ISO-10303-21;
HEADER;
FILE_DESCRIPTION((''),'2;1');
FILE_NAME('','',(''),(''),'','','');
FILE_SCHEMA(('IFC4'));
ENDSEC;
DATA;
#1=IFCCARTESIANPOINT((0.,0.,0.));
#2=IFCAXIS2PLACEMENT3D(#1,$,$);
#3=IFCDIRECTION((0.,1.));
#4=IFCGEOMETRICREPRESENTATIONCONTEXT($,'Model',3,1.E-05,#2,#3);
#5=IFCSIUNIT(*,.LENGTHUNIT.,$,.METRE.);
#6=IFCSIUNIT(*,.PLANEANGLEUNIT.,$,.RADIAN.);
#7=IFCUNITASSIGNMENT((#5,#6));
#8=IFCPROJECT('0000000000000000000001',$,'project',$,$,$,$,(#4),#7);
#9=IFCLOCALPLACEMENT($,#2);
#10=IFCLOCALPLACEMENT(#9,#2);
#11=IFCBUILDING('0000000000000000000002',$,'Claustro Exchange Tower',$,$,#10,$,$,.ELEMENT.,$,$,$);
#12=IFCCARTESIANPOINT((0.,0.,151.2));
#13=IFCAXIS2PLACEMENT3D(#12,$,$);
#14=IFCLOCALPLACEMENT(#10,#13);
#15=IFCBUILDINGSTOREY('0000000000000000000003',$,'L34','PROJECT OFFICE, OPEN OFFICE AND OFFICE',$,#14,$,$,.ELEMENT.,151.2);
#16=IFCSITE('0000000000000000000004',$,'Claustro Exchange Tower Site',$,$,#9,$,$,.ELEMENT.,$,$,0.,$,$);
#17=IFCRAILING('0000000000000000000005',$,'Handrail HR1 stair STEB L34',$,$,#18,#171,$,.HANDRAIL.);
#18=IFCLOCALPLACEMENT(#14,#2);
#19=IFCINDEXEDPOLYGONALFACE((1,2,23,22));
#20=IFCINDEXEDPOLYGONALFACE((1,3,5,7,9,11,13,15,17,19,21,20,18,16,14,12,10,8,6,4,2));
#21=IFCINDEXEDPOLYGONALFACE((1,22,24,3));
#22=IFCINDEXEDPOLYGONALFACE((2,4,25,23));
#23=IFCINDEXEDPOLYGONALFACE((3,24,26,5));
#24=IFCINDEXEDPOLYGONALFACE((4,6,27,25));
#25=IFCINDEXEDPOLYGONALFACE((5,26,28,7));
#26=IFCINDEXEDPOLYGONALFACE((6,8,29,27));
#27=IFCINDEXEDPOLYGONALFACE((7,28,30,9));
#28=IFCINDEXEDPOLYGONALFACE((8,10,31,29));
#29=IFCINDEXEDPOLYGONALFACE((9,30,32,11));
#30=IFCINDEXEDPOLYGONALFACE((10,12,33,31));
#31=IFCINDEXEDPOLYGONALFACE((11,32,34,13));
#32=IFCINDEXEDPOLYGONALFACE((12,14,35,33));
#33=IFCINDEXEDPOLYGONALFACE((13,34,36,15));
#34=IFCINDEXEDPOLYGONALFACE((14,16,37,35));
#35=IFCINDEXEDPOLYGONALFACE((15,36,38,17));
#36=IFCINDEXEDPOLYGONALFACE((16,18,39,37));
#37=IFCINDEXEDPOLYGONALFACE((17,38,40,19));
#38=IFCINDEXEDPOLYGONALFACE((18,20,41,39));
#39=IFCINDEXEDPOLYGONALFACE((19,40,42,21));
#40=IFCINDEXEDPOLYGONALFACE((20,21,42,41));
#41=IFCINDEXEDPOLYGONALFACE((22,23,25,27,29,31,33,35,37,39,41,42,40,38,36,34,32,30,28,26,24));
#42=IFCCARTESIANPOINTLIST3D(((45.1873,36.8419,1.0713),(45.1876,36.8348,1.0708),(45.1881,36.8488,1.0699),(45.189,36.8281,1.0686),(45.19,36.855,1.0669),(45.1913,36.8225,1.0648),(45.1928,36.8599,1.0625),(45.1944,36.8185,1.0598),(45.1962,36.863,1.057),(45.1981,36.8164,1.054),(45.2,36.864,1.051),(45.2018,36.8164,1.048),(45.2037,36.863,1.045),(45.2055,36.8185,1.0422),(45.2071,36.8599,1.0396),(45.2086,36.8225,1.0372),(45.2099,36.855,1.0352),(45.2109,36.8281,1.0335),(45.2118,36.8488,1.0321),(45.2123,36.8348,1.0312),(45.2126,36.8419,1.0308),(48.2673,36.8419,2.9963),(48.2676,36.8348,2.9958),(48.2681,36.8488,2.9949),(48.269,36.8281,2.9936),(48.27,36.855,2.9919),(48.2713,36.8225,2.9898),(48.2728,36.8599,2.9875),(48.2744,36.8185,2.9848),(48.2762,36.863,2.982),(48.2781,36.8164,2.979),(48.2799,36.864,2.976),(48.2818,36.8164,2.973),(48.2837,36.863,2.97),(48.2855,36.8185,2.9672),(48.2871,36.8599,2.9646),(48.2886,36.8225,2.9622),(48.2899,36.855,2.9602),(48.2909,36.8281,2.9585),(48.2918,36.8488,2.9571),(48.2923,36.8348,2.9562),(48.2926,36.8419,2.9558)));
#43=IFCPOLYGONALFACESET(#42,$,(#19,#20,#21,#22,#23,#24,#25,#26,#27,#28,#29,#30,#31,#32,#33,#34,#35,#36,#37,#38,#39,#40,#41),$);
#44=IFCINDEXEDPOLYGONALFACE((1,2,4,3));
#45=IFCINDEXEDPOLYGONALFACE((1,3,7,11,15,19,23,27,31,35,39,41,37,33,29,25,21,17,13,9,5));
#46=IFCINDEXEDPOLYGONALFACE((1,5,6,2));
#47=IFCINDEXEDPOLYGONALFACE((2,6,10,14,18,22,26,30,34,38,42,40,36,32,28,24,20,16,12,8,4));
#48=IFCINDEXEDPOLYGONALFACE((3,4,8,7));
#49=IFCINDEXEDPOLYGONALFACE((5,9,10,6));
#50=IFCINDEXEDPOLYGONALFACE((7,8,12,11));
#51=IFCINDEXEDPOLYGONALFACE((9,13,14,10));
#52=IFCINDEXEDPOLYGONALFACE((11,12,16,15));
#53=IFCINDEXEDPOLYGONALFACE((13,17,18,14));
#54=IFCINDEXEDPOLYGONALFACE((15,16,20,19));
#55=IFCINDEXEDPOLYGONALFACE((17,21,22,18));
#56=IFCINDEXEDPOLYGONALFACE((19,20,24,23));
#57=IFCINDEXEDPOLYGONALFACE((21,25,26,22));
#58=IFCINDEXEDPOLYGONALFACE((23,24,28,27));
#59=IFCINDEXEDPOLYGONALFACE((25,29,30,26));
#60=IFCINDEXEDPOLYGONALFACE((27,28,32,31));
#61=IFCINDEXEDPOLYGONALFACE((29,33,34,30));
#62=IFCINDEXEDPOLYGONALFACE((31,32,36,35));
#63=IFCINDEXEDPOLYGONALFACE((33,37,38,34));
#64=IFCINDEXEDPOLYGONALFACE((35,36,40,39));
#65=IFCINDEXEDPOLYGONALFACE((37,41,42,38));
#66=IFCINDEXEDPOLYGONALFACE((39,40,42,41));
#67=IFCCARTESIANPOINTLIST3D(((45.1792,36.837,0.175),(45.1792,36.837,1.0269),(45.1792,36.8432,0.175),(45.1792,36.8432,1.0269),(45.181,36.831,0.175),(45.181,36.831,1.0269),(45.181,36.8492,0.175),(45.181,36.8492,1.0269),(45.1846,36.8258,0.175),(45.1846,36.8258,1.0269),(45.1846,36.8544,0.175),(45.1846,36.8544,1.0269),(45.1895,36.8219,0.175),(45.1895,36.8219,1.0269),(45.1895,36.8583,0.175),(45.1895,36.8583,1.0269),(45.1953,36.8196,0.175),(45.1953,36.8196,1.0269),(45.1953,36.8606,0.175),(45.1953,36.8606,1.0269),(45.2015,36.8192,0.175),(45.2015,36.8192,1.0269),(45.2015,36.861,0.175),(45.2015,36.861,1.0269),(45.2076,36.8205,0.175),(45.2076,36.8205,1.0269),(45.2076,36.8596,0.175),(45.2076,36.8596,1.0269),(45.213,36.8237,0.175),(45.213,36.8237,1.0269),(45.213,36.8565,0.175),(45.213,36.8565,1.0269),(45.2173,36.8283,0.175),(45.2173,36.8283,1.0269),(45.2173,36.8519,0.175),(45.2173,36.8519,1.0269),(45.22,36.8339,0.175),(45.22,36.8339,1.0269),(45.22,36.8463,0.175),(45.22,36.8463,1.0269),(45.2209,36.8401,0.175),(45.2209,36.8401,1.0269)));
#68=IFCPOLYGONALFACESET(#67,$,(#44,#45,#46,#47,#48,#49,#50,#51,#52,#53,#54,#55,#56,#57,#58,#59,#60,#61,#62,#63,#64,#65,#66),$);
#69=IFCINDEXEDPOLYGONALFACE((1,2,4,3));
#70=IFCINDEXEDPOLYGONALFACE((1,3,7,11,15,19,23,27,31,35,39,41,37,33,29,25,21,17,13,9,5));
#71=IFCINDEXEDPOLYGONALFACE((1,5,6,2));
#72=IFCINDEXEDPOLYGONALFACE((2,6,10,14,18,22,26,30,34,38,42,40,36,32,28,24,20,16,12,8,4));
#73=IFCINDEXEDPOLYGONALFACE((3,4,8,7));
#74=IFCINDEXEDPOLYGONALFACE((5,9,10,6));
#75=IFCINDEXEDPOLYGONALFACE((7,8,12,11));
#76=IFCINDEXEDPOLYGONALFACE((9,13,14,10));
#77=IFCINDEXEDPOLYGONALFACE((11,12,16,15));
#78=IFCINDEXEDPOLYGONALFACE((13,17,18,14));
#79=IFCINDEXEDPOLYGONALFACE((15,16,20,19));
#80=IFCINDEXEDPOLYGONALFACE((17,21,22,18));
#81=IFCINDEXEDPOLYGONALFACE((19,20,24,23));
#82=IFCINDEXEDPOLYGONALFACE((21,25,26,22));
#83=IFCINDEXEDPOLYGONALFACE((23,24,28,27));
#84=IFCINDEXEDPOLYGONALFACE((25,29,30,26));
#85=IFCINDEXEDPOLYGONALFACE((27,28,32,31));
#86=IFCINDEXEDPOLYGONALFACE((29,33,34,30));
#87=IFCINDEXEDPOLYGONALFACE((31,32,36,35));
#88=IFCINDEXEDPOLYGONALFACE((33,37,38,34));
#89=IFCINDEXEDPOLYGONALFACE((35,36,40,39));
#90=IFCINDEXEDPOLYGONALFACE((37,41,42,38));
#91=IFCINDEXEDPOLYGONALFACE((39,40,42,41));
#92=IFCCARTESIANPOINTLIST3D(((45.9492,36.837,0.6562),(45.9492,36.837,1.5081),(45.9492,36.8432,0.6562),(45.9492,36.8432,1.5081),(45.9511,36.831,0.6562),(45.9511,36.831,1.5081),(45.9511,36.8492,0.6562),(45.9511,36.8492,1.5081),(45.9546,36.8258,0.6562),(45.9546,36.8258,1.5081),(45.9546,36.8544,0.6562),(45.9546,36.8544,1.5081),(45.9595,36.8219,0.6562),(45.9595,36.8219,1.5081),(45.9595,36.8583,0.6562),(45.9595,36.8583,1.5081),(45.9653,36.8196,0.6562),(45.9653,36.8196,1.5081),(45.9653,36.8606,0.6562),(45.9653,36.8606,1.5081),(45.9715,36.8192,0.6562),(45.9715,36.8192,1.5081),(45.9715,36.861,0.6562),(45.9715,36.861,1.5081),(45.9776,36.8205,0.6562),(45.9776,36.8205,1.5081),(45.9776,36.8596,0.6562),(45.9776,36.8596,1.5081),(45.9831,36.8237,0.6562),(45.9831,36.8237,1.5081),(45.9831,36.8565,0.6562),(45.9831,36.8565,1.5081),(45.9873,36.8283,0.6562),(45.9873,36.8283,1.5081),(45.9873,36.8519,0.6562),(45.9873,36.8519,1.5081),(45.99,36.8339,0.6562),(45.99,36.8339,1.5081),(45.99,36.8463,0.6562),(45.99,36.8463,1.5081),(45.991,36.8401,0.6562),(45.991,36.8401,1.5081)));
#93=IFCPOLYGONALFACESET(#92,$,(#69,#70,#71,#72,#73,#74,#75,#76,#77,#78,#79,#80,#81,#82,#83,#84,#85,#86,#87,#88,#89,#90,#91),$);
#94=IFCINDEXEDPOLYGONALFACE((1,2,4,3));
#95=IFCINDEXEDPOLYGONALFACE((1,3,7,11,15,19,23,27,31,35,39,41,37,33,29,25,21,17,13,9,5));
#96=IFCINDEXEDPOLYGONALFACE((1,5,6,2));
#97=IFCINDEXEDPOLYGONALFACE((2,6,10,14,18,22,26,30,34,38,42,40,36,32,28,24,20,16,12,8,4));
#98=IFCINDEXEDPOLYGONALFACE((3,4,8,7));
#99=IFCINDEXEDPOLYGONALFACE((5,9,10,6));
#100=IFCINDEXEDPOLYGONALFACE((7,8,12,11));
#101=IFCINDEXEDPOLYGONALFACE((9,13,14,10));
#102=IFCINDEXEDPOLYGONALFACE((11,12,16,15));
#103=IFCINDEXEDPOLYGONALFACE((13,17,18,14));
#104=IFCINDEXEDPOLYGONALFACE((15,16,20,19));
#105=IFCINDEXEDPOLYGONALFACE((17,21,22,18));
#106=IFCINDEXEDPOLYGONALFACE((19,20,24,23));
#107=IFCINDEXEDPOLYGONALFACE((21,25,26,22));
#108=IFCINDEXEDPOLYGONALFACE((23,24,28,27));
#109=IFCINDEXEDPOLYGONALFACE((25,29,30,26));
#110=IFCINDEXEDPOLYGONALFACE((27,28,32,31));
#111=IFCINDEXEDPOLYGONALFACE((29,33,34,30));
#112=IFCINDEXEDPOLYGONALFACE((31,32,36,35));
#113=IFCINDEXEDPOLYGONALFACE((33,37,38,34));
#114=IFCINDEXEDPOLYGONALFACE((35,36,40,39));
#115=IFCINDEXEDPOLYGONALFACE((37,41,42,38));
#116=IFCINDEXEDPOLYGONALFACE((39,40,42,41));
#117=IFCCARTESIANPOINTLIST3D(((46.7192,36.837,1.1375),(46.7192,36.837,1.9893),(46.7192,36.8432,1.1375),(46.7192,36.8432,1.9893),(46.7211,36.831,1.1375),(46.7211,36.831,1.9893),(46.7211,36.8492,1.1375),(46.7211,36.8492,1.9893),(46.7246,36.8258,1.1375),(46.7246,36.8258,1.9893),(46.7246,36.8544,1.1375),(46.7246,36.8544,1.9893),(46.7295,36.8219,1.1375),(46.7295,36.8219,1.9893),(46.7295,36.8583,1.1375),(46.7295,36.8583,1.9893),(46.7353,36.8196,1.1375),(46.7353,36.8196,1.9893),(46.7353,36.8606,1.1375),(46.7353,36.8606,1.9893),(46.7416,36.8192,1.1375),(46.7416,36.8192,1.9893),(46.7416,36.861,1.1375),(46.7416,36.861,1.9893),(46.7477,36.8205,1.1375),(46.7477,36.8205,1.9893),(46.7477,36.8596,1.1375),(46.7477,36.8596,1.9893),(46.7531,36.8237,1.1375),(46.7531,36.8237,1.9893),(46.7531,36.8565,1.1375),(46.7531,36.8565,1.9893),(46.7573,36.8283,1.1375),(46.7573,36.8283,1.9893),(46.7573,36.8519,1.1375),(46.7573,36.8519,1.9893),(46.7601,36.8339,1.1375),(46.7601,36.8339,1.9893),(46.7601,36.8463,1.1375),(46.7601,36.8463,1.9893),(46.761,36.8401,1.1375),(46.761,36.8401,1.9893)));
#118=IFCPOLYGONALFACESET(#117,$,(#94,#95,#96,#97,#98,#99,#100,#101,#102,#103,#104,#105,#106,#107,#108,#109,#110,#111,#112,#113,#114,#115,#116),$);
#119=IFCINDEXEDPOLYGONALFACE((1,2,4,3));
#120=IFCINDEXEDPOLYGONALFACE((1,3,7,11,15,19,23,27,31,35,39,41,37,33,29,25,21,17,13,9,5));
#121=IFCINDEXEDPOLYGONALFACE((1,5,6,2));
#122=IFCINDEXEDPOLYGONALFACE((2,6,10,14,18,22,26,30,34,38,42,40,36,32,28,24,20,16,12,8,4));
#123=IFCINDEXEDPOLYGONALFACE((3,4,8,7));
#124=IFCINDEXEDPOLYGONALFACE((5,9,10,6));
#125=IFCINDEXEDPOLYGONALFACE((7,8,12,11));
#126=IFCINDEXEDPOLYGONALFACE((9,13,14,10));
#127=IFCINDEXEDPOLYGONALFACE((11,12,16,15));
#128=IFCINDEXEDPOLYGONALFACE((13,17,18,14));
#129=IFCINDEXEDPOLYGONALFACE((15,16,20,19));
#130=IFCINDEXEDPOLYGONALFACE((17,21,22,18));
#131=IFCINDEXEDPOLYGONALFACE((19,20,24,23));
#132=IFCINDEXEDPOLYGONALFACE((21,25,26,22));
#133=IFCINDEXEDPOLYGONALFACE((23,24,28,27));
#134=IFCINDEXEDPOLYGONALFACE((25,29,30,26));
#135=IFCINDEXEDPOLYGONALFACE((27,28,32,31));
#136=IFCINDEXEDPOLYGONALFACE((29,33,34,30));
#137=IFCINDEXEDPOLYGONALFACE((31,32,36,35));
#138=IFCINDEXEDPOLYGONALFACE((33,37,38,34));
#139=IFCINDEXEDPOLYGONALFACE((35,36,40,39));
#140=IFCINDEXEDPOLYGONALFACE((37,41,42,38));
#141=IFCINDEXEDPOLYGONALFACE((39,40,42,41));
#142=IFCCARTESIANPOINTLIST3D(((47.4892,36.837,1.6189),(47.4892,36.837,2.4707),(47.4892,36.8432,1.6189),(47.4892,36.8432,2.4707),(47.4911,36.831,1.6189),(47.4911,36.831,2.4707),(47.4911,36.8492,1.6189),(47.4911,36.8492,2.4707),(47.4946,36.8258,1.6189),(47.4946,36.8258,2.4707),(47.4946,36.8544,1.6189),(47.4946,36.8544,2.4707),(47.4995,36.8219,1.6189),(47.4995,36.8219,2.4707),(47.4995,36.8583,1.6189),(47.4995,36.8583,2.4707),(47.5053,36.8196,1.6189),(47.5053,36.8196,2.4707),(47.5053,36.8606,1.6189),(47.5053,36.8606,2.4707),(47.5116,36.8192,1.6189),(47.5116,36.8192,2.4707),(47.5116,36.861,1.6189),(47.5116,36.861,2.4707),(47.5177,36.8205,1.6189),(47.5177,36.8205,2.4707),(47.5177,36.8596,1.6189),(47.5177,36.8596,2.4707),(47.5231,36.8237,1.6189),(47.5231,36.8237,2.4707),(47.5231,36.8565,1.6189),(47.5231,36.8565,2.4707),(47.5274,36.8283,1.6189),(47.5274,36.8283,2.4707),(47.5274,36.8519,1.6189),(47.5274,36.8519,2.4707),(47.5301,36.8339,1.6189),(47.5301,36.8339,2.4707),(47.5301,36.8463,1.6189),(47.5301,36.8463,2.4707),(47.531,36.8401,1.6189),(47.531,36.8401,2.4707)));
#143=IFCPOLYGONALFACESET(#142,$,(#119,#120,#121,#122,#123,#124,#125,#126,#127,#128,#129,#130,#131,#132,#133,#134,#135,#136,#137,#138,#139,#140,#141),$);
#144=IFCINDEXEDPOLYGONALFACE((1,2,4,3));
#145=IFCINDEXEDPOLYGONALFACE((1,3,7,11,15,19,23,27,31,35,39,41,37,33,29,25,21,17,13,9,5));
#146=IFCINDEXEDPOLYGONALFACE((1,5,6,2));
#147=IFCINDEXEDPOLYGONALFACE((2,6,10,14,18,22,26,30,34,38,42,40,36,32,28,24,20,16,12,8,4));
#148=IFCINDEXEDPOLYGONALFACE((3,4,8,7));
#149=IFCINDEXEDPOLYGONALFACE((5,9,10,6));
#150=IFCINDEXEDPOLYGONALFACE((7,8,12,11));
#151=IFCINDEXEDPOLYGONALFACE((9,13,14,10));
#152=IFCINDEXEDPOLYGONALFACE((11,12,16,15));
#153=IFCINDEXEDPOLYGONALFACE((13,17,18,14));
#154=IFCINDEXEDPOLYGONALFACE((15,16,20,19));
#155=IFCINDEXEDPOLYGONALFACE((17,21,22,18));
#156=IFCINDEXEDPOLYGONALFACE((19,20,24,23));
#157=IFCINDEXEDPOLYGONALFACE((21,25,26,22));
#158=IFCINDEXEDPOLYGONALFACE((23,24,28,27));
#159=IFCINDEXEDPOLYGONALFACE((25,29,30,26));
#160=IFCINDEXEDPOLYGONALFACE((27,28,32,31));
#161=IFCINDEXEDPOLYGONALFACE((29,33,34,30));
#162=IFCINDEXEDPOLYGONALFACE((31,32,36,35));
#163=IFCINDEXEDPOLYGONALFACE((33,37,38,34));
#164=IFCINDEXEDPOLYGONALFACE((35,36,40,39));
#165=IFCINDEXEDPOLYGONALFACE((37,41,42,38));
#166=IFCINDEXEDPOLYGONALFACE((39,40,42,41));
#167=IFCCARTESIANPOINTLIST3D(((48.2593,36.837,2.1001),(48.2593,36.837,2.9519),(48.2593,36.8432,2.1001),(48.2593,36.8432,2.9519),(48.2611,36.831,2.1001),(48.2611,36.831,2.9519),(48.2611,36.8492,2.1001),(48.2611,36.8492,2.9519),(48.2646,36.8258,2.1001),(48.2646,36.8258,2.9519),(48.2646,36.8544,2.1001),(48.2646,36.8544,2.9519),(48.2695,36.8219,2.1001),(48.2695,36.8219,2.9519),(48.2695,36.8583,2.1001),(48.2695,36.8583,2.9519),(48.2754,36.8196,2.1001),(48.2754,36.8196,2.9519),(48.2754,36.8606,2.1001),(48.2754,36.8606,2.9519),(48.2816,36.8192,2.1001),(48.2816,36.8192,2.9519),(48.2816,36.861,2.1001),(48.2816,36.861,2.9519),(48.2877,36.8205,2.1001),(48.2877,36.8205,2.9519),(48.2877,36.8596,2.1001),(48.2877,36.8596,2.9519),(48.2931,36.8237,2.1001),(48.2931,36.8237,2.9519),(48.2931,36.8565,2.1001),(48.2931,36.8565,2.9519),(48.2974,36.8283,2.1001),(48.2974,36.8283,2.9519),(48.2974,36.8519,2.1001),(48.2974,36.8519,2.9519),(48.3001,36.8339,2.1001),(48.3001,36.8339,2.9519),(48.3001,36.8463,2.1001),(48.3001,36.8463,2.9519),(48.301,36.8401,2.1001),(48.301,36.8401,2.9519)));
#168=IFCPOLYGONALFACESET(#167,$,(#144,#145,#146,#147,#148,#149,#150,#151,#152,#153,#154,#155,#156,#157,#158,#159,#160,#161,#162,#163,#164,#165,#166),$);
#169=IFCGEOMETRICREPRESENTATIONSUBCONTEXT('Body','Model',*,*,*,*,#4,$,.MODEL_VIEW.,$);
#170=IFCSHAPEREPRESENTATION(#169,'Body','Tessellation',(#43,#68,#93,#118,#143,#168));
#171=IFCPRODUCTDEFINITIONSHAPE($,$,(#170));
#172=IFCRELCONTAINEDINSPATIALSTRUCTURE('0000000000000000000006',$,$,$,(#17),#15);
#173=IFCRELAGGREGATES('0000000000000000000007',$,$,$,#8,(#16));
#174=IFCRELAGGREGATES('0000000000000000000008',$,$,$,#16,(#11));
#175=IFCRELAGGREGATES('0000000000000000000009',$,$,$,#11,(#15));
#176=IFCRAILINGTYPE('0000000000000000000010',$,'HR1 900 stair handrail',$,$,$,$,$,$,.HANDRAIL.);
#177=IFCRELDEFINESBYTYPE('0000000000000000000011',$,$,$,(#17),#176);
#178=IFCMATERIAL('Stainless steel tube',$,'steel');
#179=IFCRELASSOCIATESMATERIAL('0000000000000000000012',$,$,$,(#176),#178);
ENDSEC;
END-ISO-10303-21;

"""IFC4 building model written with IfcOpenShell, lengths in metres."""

from ifc_helpers import new_model, si_unit, direction, frame, origin, origin_2d, place, context, subcontext, project, spatial, circle, extrude, material, type_object, element, save


model = new_model("IFC4")

# Units and contexts
model_context = context("Model", 3, precision=1e-05, world=origin(), true_north=direction((0.0, 1.0)))
body_context = subcontext(model_context, "Body", "Model", "MODEL_VIEW")
ifc_project = project(units=[si_unit("LENGTHUNIT", "METRE"), si_unit("PLANEANGLEUNIT", "RADIAN")], contexts=[model_context])

# Site, building, storey
site_placement = place(None, origin())
site = spatial("IfcSite", under=ifc_project, at=site_placement, Name="Claustro Exchange Tower Site", CompositionType="ELEMENT", RefElevation=0.0)
building_placement = place(site_placement, origin())
building = spatial("IfcBuilding", under=site, at=building_placement, Name="Claustro Exchange Tower", CompositionType="ELEMENT")
storey_placement = place(building_placement, frame((0.0, 0.0, 151.2)))
storey = spatial("IfcBuildingStorey", under=building, at=storey_placement, Name="L34", Description="PROJECT OFFICE, OPEN OFFICE AND OFFICE", CompositionType="ELEMENT", Elevation=151.2)

# Railing
ifc_material_1 = material(Name="Stainless steel tube", Category="steel")
railing_type_1 = type_object("IfcRailingType", Name="HR1 900 stair handrail", PredefinedType="HANDRAIL", material=ifc_material_1)
railing_1_placement = place(storey_placement, frame((45.2, 36.8401, 0.175)))
element("IfcRailing", 1, at=railing_1_placement, inside=storey, type_object=railing_type_1, Name="Handrail HR1 stair STEB L34", PredefinedType="HANDRAIL", context=body_context, shape_type="SweptSolid", body=[
    extrude(circle(Radius=0.0239, at=origin_2d()), frame((0.0, 0.0, 0.876), z_axis=(0.847998, 0.0, 0.529999), x_axis=(0.0, 1.0, 0.0)), (0.0, 0.0, 1.0), 3.6321),
    extrude(circle(Radius=0.021, at=origin_2d()), origin(), (0.0, 0.0, 1.0), 0.8518),
    extrude(circle(Radius=0.021, at=origin_2d()), frame((0.77, 0.0, 0.4812)), (0.0, 0.0, 1.0), 0.8518),
    extrude(circle(Radius=0.021, at=origin_2d()), frame((1.54, 0.0, 0.9624)), (0.0, 0.0, 1.0), 0.8518),
    extrude(circle(Radius=0.021, at=origin_2d()), frame((2.3101, 0.0, 1.4438)), (0.0, 0.0, 1.0), 0.8518),
    extrude(circle(Radius=0.021, at=origin_2d()), frame((3.0801, 0.0, 1.925)), (0.0, 0.0, 1.0), 0.8518),
])

save(model, "model.ifc")
